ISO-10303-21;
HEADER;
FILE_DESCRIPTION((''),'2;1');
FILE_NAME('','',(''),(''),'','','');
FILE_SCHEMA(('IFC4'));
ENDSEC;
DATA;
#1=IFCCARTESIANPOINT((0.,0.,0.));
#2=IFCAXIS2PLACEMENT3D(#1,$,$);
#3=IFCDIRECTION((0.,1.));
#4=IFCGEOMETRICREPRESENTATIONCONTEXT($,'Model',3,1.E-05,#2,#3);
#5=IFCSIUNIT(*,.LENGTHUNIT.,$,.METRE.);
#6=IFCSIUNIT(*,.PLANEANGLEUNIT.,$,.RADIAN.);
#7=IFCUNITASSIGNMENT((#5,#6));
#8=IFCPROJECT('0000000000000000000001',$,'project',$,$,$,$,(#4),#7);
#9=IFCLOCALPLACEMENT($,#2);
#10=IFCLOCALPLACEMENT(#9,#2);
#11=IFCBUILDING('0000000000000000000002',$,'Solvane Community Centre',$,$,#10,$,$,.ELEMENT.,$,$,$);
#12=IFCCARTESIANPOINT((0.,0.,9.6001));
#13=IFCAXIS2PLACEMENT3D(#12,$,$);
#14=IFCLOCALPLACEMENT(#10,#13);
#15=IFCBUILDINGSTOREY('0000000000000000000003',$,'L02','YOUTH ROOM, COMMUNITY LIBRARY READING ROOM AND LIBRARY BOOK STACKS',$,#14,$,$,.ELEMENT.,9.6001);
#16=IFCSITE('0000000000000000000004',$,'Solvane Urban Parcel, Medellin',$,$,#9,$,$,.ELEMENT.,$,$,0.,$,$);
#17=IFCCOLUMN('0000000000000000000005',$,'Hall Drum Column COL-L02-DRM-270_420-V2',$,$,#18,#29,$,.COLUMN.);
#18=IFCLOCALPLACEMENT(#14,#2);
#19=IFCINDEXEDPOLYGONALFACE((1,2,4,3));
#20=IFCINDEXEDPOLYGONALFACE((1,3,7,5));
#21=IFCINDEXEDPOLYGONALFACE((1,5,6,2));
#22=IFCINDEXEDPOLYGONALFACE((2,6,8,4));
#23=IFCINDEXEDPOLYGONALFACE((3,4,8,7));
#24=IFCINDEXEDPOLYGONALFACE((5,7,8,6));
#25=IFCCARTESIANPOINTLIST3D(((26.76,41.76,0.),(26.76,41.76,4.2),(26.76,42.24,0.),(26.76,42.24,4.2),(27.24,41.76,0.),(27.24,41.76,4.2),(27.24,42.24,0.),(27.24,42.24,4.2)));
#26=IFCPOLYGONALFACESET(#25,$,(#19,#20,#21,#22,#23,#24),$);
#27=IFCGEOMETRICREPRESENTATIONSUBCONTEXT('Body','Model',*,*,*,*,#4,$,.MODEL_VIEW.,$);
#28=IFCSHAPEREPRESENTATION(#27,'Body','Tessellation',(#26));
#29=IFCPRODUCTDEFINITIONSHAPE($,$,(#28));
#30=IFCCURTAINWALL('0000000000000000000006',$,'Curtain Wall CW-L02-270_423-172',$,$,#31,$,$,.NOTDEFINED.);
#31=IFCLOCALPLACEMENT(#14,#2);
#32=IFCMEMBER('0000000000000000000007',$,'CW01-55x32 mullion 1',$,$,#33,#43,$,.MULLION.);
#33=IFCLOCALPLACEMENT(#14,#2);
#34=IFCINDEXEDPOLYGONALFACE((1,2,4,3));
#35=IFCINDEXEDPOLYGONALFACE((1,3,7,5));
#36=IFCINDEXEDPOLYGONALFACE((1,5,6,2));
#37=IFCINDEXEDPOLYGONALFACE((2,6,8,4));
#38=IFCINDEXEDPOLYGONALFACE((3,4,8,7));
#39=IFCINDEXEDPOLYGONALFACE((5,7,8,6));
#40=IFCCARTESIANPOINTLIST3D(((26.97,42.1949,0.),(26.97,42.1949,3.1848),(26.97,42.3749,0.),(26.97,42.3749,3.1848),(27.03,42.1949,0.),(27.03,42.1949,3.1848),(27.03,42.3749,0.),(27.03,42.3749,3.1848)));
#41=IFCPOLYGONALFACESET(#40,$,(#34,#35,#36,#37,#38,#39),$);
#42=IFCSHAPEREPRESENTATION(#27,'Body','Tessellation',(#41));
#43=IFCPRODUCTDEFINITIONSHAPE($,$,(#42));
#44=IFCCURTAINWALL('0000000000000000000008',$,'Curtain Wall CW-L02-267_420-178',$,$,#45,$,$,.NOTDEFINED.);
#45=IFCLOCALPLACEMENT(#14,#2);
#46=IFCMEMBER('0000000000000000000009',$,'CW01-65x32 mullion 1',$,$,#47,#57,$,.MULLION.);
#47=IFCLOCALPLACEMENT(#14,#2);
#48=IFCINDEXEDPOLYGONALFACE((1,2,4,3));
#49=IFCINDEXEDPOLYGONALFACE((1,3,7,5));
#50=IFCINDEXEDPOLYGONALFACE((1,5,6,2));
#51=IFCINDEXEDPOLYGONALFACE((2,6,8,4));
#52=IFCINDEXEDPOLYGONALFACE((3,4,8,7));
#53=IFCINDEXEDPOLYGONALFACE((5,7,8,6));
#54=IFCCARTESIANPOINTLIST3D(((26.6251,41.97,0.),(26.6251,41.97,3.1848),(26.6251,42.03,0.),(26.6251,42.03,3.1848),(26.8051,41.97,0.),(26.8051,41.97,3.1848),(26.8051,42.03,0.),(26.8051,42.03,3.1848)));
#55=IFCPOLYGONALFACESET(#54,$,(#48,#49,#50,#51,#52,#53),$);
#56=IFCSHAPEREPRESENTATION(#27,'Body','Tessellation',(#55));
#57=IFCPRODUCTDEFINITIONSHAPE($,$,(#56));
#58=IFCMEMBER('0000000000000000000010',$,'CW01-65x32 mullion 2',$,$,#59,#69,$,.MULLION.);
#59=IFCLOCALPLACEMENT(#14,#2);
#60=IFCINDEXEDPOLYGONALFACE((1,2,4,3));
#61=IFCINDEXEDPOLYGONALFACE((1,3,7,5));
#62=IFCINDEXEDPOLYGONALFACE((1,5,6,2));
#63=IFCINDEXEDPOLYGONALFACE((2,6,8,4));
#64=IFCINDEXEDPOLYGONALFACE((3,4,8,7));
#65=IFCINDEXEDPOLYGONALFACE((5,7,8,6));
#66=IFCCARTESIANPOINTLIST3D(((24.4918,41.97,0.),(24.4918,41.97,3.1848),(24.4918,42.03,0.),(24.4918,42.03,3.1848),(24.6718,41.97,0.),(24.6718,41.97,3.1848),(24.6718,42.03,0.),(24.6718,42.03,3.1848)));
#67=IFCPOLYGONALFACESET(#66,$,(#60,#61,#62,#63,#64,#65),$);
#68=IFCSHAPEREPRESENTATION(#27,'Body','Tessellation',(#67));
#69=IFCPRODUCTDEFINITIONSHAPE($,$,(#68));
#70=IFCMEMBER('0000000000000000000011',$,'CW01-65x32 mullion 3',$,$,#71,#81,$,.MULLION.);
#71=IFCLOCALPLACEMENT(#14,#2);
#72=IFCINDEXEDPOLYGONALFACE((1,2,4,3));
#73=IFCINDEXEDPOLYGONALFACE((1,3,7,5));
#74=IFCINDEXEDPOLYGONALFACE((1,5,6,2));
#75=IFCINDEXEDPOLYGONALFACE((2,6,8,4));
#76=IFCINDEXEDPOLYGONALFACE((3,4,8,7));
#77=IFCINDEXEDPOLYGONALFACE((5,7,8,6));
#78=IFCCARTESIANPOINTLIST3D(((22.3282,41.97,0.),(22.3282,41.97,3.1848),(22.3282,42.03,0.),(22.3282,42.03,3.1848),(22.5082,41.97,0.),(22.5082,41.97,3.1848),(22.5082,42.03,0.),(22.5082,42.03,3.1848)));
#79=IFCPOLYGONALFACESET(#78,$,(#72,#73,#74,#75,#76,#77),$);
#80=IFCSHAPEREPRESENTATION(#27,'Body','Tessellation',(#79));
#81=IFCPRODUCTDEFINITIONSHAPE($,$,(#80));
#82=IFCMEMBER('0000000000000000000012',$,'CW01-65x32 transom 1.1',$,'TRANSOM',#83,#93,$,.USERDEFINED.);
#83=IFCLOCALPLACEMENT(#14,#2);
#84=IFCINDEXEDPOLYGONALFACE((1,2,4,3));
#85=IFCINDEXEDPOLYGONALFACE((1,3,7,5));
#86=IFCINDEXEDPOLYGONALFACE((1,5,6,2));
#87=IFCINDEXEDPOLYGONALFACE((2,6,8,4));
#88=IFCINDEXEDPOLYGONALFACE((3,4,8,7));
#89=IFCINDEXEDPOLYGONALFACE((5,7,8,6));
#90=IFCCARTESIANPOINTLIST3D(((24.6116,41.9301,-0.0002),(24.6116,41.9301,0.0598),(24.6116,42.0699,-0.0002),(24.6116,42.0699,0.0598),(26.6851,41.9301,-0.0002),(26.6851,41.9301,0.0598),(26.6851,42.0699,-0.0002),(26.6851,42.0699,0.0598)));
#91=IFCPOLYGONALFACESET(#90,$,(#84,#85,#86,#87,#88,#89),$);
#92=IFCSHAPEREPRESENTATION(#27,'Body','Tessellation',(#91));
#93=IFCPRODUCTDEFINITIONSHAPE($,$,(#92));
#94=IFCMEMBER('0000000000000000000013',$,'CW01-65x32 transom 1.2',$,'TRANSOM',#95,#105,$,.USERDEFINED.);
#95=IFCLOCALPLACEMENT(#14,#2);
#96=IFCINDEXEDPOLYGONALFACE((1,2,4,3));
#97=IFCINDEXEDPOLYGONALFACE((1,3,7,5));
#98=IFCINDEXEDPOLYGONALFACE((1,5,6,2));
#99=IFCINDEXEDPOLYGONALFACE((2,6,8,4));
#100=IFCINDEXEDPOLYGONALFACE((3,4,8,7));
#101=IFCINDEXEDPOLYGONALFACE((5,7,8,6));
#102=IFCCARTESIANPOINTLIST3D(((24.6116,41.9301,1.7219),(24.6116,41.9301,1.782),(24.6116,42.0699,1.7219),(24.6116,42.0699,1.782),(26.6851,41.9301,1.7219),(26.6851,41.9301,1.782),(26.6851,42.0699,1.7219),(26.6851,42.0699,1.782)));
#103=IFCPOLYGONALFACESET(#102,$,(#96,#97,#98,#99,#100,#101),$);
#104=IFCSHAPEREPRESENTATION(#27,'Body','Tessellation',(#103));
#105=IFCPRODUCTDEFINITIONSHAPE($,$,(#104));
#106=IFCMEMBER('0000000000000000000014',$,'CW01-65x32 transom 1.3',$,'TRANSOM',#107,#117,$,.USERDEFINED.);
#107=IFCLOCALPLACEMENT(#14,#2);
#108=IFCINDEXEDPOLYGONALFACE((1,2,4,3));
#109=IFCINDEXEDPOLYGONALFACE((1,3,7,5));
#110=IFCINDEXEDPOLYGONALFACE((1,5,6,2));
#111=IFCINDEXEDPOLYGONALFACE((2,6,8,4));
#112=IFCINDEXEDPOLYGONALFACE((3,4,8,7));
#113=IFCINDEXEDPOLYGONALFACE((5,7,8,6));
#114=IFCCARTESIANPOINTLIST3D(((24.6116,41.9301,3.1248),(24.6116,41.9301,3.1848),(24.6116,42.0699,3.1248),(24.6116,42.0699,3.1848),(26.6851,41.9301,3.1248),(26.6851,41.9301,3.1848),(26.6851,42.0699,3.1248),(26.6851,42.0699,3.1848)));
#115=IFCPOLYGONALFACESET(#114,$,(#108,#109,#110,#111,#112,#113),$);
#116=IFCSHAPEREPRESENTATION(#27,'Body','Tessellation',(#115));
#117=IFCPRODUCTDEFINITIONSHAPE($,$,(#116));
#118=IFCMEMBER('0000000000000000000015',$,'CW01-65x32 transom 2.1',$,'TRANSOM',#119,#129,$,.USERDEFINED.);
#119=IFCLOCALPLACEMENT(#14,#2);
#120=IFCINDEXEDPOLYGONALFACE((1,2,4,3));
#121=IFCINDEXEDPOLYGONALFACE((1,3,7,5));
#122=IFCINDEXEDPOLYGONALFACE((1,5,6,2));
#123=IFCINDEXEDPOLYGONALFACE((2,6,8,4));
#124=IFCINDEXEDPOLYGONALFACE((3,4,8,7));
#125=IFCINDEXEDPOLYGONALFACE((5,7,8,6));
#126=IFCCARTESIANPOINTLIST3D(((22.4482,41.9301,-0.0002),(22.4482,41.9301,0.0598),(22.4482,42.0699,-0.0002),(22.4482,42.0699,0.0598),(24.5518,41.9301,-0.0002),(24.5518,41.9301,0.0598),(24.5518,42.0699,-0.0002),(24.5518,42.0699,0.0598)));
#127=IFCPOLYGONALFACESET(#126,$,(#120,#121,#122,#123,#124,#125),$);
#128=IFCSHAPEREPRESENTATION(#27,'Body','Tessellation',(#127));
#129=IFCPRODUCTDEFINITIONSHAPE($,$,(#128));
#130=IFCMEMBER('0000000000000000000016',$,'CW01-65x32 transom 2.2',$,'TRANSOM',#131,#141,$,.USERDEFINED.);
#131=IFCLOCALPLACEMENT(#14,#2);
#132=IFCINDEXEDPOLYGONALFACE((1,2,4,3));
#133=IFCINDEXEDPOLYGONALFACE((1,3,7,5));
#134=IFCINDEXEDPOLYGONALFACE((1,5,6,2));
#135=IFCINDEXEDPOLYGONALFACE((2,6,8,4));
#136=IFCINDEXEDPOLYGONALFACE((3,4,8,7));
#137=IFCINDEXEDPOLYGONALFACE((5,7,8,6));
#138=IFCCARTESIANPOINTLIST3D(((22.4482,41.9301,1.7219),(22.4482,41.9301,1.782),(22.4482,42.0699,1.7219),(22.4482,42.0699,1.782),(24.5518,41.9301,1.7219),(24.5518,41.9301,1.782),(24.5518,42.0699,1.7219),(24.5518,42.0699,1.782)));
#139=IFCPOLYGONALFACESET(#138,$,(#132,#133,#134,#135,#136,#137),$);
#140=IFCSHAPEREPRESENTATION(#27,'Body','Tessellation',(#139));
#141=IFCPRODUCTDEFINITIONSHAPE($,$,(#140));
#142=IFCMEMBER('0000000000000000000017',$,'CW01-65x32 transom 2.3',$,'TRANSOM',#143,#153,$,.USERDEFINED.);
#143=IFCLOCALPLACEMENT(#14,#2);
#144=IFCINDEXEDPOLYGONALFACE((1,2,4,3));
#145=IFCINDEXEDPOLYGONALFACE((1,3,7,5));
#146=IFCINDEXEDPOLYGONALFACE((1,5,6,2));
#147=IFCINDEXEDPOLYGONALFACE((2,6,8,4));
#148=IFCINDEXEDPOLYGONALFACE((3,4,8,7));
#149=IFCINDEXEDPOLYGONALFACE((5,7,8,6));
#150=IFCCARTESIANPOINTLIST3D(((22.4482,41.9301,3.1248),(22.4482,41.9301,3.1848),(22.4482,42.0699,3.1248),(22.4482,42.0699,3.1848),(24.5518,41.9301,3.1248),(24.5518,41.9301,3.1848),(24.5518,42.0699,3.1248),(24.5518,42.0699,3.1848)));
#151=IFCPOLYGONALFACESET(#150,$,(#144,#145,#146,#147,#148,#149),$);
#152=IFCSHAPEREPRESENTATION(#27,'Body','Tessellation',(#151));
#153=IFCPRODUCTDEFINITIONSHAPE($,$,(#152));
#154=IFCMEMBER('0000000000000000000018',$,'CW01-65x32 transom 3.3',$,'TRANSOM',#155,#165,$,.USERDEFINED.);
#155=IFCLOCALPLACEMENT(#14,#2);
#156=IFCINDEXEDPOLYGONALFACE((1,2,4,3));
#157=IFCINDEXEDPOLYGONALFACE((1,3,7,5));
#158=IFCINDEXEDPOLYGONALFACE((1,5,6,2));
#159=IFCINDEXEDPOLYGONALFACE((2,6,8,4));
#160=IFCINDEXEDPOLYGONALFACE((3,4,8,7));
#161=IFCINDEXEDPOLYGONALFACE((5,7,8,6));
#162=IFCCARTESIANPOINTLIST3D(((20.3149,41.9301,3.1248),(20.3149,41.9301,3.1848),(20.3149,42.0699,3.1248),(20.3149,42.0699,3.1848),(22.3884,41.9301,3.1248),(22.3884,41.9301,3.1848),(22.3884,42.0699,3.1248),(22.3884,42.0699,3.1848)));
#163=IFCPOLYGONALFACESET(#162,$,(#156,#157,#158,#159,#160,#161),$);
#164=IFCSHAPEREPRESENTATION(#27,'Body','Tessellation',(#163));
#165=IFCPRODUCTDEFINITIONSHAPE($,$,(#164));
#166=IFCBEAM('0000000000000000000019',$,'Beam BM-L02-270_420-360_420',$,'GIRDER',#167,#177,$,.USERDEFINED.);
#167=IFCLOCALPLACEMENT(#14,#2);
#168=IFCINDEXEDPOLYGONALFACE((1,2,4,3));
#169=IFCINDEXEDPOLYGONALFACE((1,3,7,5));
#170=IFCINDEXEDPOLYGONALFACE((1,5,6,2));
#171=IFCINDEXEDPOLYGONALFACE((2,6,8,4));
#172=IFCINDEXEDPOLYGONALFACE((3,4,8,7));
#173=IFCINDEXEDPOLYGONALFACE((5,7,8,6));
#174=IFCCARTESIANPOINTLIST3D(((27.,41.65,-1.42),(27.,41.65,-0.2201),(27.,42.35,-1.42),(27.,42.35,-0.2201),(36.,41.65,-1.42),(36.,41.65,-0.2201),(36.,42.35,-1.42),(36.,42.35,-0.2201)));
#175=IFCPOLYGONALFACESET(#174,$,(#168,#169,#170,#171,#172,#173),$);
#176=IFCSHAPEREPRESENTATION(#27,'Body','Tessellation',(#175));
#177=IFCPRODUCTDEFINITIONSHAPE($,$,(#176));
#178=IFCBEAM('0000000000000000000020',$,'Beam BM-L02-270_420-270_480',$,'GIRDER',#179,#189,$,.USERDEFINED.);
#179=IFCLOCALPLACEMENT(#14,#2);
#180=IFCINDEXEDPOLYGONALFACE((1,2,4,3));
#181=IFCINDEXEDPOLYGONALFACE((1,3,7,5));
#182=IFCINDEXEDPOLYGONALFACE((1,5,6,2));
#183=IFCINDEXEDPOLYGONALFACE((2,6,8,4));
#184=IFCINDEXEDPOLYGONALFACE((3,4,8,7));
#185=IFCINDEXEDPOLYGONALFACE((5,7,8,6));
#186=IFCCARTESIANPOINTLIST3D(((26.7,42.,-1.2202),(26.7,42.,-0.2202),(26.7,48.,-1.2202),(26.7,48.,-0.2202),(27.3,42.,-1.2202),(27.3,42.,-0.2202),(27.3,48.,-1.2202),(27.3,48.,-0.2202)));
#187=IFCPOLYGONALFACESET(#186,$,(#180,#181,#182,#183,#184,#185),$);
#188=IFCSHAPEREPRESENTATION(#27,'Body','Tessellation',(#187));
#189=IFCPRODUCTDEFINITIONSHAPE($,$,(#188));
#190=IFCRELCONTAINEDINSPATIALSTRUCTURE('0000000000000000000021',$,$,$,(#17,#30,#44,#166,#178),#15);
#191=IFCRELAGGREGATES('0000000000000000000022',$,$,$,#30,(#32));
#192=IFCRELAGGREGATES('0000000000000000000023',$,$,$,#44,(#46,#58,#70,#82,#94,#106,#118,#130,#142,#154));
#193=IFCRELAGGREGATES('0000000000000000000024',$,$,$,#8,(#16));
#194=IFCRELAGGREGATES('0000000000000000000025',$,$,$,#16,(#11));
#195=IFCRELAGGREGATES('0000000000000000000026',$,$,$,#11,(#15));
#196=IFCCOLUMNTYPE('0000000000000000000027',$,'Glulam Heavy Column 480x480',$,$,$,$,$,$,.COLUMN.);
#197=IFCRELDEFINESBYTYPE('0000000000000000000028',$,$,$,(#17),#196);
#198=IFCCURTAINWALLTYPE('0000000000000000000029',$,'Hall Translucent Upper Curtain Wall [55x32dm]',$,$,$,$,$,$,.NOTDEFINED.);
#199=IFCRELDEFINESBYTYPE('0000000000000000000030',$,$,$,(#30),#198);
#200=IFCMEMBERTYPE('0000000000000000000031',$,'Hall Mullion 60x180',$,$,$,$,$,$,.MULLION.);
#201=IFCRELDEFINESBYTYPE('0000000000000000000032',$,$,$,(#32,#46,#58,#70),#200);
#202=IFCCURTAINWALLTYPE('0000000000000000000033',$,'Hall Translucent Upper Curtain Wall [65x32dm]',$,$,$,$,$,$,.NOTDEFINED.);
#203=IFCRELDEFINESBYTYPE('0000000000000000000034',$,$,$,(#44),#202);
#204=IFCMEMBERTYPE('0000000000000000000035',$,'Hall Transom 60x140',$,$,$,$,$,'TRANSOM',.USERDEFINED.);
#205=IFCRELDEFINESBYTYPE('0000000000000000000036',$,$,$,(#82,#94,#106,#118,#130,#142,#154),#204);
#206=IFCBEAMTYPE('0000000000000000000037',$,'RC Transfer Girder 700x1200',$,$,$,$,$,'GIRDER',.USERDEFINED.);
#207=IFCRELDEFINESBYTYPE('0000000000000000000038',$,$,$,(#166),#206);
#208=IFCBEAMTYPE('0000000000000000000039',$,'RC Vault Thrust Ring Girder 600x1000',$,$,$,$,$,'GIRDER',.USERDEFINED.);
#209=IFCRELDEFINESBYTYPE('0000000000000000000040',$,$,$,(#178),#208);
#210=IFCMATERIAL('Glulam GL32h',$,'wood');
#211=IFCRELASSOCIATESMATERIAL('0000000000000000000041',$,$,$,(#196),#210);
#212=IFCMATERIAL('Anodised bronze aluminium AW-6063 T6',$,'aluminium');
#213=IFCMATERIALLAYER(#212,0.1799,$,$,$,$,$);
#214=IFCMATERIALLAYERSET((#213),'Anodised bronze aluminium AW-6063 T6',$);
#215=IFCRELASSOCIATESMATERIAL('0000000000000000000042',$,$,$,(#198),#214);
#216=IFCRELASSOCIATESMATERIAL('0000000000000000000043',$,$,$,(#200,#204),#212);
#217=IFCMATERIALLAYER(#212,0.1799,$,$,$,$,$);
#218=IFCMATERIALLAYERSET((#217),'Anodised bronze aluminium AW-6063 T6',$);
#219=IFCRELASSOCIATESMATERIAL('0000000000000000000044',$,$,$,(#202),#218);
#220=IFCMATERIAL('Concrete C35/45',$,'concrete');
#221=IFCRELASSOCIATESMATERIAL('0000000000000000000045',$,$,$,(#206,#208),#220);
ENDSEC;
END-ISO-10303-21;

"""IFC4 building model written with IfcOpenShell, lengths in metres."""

from ifc_helpers import new_model, si_unit, direction, frame, origin, origin_2d, place, context, subcontext, project, spatial, rectangle, extrude, material, layer, layer_set, material_profile, profile_set, type_object, element, aggregate, save


model = new_model("IFC4")

# Units and contexts
model_context = context("Model", 3, precision=1e-05, world=origin(), true_north=direction((0.0, 1.0)))
body_context = subcontext(model_context, "Body", "Model", "MODEL_VIEW")
ifc_project = project(units=[si_unit("LENGTHUNIT", "METRE"), si_unit("PLANEANGLEUNIT", "RADIAN")], contexts=[model_context])

# Site, building, storey
site_placement = place(None, origin())
site = spatial("IfcSite", under=ifc_project, at=site_placement, Name="Solvane Urban Parcel, Medellin", CompositionType="ELEMENT", RefElevation=0.0)
building_placement = place(site_placement, origin())
building = spatial("IfcBuilding", under=site, at=building_placement, Name="Solvane Community Centre", CompositionType="ELEMENT")
storey_placement = place(building_placement, frame((0.0, 0.0, 9.6001)))
storey = spatial("IfcBuildingStorey", under=building, at=storey_placement, Name="L02", Description="YOUTH ROOM, COMMUNITY LIBRARY READING ROOM AND LIBRARY BOOK STACKS", CompositionType="ELEMENT", Elevation=9.6001)

# Column
ifc_material_1 = material(Name="Glulam GL32h", Category="wood")
ifc_material_profile_1 = material_profile(ifc_material_1, rectangle(XDim=0.48, YDim=0.48, at=origin_2d()), Name="GL32h 480x480")
ifc_profile_set_1 = profile_set([ifc_material_profile_1], Name="Glulam GL32h")
column_type = type_object("IfcColumnType", Name="Glulam Heavy Column 480x480", PredefinedType="COLUMN", material=ifc_profile_set_1)
column_placement = place(storey_placement, frame((27.0, 42.0, 0.0), z_axis=(0.0, 0.0, 1.0), x_axis=(1.0, 0.0, 0.0)))
element("IfcColumn", 1, at=column_placement, inside=storey, type_object=column_type, Name="Hall Drum Column COL-L02-DRM-270_420-V2", PredefinedType="COLUMN", context=body_context, shape_type="SweptSolid", body=[
    extrude(rectangle(XDim=0.48, YDim=0.48, at=origin_2d()), origin(), (0.0, 0.0, 1.0), 4.2),
])

# Curtain wall, member
ifc_material_2 = material(Name="Anodised bronze aluminium AW-6063 T6", Category="aluminium")
ifc_layer_1 = layer(ifc_material_2, 0.1799)
ifc_layer_set_1 = layer_set([ifc_layer_1], Name="Anodised bronze aluminium AW-6063 T6")
curtain_wall_type_1 = type_object("IfcCurtainWallType", Name="Hall Translucent Upper Curtain Wall [55x32dm]", PredefinedType="NOTDEFINED", material=ifc_layer_set_1)
curtain_wall_1_placement = place(storey_placement, origin())
curtain_wall_1 = element("IfcCurtainWall", 2, at=curtain_wall_1_placement, inside=storey, type_object=curtain_wall_type_1, Name="Curtain Wall CW-L02-270_423-172", PredefinedType="NOTDEFINED")
ifc_material_profile_2 = material_profile(ifc_material_2, rectangle(XDim=0.0601, YDim=0.1799, at=origin_2d()), Name="CW-M 60x180")
ifc_profile_set_2 = profile_set([ifc_material_profile_2], Name="Anodised bronze aluminium AW-6063 T6")
member_type_1 = type_object("IfcMemberType", Name="Hall Mullion 60x180", PredefinedType="MULLION", material=ifc_profile_set_2)
member_1_placement = place(storey_placement, frame((27.0, 42.2849, 0.0), z_axis=(0.0, 0.0, 1.0), x_axis=(-1.0, 0.0, 0.0)))
member_1 = element("IfcMember", 3, at=member_1_placement, type_object=member_type_1, Name="CW01-55x32 mullion 1", PredefinedType="MULLION", context=body_context, shape_type="SweptSolid", body=[
    extrude(rectangle(XDim=0.0601, YDim=0.1799, at=origin_2d()), origin(), (0.0, 0.0, 1.0), 3.1848),
])
aggregate(curtain_wall_1, [member_1])

# Curtain wall, members
ifc_layer_2 = layer(ifc_material_2, 0.1799)
ifc_layer_set_2 = layer_set([ifc_layer_2], Name="Anodised bronze aluminium AW-6063 T6")
curtain_wall_type_2 = type_object("IfcCurtainWallType", Name="Hall Translucent Upper Curtain Wall [65x32dm]", PredefinedType="NOTDEFINED", material=ifc_layer_set_2)
curtain_wall_2_placement = place(storey_placement, origin())
curtain_wall_2 = element("IfcCurtainWall", 4, at=curtain_wall_2_placement, inside=storey, type_object=curtain_wall_type_2, Name="Curtain Wall CW-L02-267_420-178", PredefinedType="NOTDEFINED")
member_2_placement = place(storey_placement, frame((26.7151, 42.0, 0.0), z_axis=(0.0, 0.0, 1.0), x_axis=(0.0, -1.0, 0.0)))
member_2 = element("IfcMember", 5, at=member_2_placement, type_object=member_type_1, Name="CW01-65x32 mullion 1", PredefinedType="MULLION", context=body_context, shape_type="SweptSolid", body=[
    extrude(rectangle(XDim=0.0601, YDim=0.1799, at=origin_2d()), origin(), (0.0, 0.0, 1.0), 3.1848),
])
member_3_placement = place(storey_placement, frame((24.5818, 42.0, 0.0), z_axis=(0.0, 0.0, 1.0), x_axis=(0.0, -1.0, 0.0)))
member_3 = element("IfcMember", 6, at=member_3_placement, type_object=member_type_1, Name="CW01-65x32 mullion 2", PredefinedType="MULLION", context=body_context, shape_type="SweptSolid", body=[
    extrude(rectangle(XDim=0.0601, YDim=0.1799, at=origin_2d()), origin(), (0.0, 0.0, 1.0), 3.1848),
])
member_4_placement = place(storey_placement, frame((22.4182, 42.0, 0.0), z_axis=(0.0, 0.0, 1.0), x_axis=(0.0, -1.0, 0.0)))
member_4 = element("IfcMember", 7, at=member_4_placement, type_object=member_type_1, Name="CW01-65x32 mullion 3", PredefinedType="MULLION", context=body_context, shape_type="SweptSolid", body=[
    extrude(rectangle(XDim=0.0601, YDim=0.1799, at=origin_2d()), origin(), (0.0, 0.0, 1.0), 3.1848),
])
ifc_material_profile_3 = material_profile(ifc_material_2, rectangle(XDim=0.1399, YDim=0.0601, at=origin_2d()), Name="CW-T 60x140")
ifc_profile_set_3 = profile_set([ifc_material_profile_3], Name="Anodised bronze aluminium AW-6063 T6")
member_type_2 = type_object("IfcMemberType", Name="Hall Transom 60x140", ElementType="TRANSOM", PredefinedType="USERDEFINED", material=ifc_profile_set_3)
member_5_placement = place(storey_placement, frame((26.6851, 42.0, 0.0298), z_axis=(-1.0, 0.0, 0.0), x_axis=(0.0, -1.0, 0.0)))
member_5 = element("IfcMember", 8, at=member_5_placement, type_object=member_type_2, Name="CW01-65x32 transom 1.1", ObjectType="TRANSOM", PredefinedType="USERDEFINED", context=body_context, shape_type="SweptSolid", body=[
    extrude(rectangle(XDim=0.1399, YDim=0.0601, at=origin_2d()), origin(), (0.0, 0.0, 1.0), 2.0735),
])
member_6_placement = place(storey_placement, frame((26.6851, 42.0, 1.752), z_axis=(-1.0, 0.0, 0.0), x_axis=(0.0, -1.0, 0.0)))
member_6 = element("IfcMember", 9, at=member_6_placement, type_object=member_type_2, Name="CW01-65x32 transom 1.2", ObjectType="TRANSOM", PredefinedType="USERDEFINED", context=body_context, shape_type="SweptSolid", body=[
    extrude(rectangle(XDim=0.1399, YDim=0.0601, at=origin_2d()), origin(), (0.0, 0.0, 1.0), 2.0735),
])
member_7_placement = place(storey_placement, frame((26.6851, 42.0, 3.1548), z_axis=(-1.0, 0.0, 0.0), x_axis=(0.0, -1.0, 0.0)))
member_7 = element("IfcMember", 10, at=member_7_placement, type_object=member_type_2, Name="CW01-65x32 transom 1.3", ObjectType="TRANSOM", PredefinedType="USERDEFINED", context=body_context, shape_type="SweptSolid", body=[
    extrude(rectangle(XDim=0.1399, YDim=0.0601, at=origin_2d()), origin(), (0.0, 0.0, 1.0), 2.0735),
])
member_8_placement = place(storey_placement, frame((24.5518, 42.0, 0.0298), z_axis=(-1.0, 0.0, 0.0), x_axis=(0.0, -1.0, 0.0)))
member_8 = element("IfcMember", 11, at=member_8_placement, type_object=member_type_2, Name="CW01-65x32 transom 2.1", ObjectType="TRANSOM", PredefinedType="USERDEFINED", context=body_context, shape_type="SweptSolid", body=[
    extrude(rectangle(XDim=0.1399, YDim=0.0601, at=origin_2d()), origin(), (0.0, 0.0, 1.0), 2.1035),
])
member_9_placement = place(storey_placement, frame((24.5518, 42.0, 1.752), z_axis=(-1.0, 0.0, 0.0), x_axis=(0.0, -1.0, 0.0)))
member_9 = element("IfcMember", 12, at=member_9_placement, type_object=member_type_2, Name="CW01-65x32 transom 2.2", ObjectType="TRANSOM", PredefinedType="USERDEFINED", context=body_context, shape_type="SweptSolid", body=[
    extrude(rectangle(XDim=0.1399, YDim=0.0601, at=origin_2d()), origin(), (0.0, 0.0, 1.0), 2.1035),
])
member_10_placement = place(storey_placement, frame((24.5518, 42.0, 3.1548), z_axis=(-1.0, 0.0, 0.0), x_axis=(0.0, -1.0, 0.0)))
member_10 = element("IfcMember", 13, at=member_10_placement, type_object=member_type_2, Name="CW01-65x32 transom 2.3", ObjectType="TRANSOM", PredefinedType="USERDEFINED", context=body_context, shape_type="SweptSolid", body=[
    extrude(rectangle(XDim=0.1399, YDim=0.0601, at=origin_2d()), origin(), (0.0, 0.0, 1.0), 2.1035),
])
member_11_placement = place(storey_placement, frame((22.3884, 42.0, 3.1548), z_axis=(-1.0, 0.0, 0.0), x_axis=(0.0, -1.0, 0.0)))
member_11 = element("IfcMember", 14, at=member_11_placement, type_object=member_type_2, Name="CW01-65x32 transom 3.3", ObjectType="TRANSOM", PredefinedType="USERDEFINED", context=body_context, shape_type="SweptSolid", body=[
    extrude(rectangle(XDim=0.1399, YDim=0.0601, at=origin_2d()), origin(), (0.0, 0.0, 1.0), 2.0735),
])

# Beams
ifc_material_3 = material(Name="Concrete C35/45", Category="concrete")
ifc_material_profile_4 = material_profile(ifc_material_3, rectangle(XDim=0.7, YDim=1.2, at=origin_2d()), Name="RC 700x1200")
ifc_profile_set_4 = profile_set([ifc_material_profile_4], Name="Concrete C35/45")
beam_type_1 = type_object("IfcBeamType", Name="RC Transfer Girder 700x1200", ElementType="GIRDER", PredefinedType="USERDEFINED", material=ifc_profile_set_4)
beam_placement = place(storey_placement, frame((27.0, 42.0, -0.8201), z_axis=(1.0, 0.0, 0.0), x_axis=(0.0, 1.0, 0.0)))
element("IfcBeam", 15, at=beam_placement, inside=storey, type_object=beam_type_1, Name="Beam BM-L02-270_420-360_420", ObjectType="GIRDER", PredefinedType="USERDEFINED", context=body_context, shape_type="SweptSolid", body=[
    extrude(rectangle(XDim=0.7, YDim=1.2, at=origin_2d()), origin(), (0.0, 0.0, 1.0), 9.0),
])
ifc_material_profile_5 = material_profile(ifc_material_3, rectangle(XDim=0.6001, YDim=1.0, at=origin_2d()), Name="RC 600x1000")
ifc_profile_set_5 = profile_set([ifc_material_profile_5], Name="Concrete C35/45")
beam_type_2 = type_object("IfcBeamType", Name="RC Vault Thrust Ring Girder 600x1000", ElementType="GIRDER", PredefinedType="USERDEFINED", material=ifc_profile_set_5)
for number, where, z_axis, x_axis, name in (
    (16, (27.0, 42.0, -0.7202), (0.0, 1.0, 0.0), (-1.0, 0.0, 0.0), "Beam BM-L02-270_420-270_480"),
):
    element("IfcBeam", number, at=place(storey_placement, frame(where, z_axis=z_axis, x_axis=x_axis)), inside=storey, type_object=beam_type_2, Name=name, ObjectType="GIRDER", PredefinedType="USERDEFINED", context=body_context, shape_type="SweptSolid", body=[
        extrude(rectangle(XDim=0.6001, YDim=1.0, at=origin_2d()), origin(), (0.0, 0.0, 1.0), 6.0),
    ])

aggregate(curtain_wall_2, [member_2, member_3, member_4, member_5, member_6, member_7, member_8, member_9, member_10, member_11])

save(model, "model.ifc")
